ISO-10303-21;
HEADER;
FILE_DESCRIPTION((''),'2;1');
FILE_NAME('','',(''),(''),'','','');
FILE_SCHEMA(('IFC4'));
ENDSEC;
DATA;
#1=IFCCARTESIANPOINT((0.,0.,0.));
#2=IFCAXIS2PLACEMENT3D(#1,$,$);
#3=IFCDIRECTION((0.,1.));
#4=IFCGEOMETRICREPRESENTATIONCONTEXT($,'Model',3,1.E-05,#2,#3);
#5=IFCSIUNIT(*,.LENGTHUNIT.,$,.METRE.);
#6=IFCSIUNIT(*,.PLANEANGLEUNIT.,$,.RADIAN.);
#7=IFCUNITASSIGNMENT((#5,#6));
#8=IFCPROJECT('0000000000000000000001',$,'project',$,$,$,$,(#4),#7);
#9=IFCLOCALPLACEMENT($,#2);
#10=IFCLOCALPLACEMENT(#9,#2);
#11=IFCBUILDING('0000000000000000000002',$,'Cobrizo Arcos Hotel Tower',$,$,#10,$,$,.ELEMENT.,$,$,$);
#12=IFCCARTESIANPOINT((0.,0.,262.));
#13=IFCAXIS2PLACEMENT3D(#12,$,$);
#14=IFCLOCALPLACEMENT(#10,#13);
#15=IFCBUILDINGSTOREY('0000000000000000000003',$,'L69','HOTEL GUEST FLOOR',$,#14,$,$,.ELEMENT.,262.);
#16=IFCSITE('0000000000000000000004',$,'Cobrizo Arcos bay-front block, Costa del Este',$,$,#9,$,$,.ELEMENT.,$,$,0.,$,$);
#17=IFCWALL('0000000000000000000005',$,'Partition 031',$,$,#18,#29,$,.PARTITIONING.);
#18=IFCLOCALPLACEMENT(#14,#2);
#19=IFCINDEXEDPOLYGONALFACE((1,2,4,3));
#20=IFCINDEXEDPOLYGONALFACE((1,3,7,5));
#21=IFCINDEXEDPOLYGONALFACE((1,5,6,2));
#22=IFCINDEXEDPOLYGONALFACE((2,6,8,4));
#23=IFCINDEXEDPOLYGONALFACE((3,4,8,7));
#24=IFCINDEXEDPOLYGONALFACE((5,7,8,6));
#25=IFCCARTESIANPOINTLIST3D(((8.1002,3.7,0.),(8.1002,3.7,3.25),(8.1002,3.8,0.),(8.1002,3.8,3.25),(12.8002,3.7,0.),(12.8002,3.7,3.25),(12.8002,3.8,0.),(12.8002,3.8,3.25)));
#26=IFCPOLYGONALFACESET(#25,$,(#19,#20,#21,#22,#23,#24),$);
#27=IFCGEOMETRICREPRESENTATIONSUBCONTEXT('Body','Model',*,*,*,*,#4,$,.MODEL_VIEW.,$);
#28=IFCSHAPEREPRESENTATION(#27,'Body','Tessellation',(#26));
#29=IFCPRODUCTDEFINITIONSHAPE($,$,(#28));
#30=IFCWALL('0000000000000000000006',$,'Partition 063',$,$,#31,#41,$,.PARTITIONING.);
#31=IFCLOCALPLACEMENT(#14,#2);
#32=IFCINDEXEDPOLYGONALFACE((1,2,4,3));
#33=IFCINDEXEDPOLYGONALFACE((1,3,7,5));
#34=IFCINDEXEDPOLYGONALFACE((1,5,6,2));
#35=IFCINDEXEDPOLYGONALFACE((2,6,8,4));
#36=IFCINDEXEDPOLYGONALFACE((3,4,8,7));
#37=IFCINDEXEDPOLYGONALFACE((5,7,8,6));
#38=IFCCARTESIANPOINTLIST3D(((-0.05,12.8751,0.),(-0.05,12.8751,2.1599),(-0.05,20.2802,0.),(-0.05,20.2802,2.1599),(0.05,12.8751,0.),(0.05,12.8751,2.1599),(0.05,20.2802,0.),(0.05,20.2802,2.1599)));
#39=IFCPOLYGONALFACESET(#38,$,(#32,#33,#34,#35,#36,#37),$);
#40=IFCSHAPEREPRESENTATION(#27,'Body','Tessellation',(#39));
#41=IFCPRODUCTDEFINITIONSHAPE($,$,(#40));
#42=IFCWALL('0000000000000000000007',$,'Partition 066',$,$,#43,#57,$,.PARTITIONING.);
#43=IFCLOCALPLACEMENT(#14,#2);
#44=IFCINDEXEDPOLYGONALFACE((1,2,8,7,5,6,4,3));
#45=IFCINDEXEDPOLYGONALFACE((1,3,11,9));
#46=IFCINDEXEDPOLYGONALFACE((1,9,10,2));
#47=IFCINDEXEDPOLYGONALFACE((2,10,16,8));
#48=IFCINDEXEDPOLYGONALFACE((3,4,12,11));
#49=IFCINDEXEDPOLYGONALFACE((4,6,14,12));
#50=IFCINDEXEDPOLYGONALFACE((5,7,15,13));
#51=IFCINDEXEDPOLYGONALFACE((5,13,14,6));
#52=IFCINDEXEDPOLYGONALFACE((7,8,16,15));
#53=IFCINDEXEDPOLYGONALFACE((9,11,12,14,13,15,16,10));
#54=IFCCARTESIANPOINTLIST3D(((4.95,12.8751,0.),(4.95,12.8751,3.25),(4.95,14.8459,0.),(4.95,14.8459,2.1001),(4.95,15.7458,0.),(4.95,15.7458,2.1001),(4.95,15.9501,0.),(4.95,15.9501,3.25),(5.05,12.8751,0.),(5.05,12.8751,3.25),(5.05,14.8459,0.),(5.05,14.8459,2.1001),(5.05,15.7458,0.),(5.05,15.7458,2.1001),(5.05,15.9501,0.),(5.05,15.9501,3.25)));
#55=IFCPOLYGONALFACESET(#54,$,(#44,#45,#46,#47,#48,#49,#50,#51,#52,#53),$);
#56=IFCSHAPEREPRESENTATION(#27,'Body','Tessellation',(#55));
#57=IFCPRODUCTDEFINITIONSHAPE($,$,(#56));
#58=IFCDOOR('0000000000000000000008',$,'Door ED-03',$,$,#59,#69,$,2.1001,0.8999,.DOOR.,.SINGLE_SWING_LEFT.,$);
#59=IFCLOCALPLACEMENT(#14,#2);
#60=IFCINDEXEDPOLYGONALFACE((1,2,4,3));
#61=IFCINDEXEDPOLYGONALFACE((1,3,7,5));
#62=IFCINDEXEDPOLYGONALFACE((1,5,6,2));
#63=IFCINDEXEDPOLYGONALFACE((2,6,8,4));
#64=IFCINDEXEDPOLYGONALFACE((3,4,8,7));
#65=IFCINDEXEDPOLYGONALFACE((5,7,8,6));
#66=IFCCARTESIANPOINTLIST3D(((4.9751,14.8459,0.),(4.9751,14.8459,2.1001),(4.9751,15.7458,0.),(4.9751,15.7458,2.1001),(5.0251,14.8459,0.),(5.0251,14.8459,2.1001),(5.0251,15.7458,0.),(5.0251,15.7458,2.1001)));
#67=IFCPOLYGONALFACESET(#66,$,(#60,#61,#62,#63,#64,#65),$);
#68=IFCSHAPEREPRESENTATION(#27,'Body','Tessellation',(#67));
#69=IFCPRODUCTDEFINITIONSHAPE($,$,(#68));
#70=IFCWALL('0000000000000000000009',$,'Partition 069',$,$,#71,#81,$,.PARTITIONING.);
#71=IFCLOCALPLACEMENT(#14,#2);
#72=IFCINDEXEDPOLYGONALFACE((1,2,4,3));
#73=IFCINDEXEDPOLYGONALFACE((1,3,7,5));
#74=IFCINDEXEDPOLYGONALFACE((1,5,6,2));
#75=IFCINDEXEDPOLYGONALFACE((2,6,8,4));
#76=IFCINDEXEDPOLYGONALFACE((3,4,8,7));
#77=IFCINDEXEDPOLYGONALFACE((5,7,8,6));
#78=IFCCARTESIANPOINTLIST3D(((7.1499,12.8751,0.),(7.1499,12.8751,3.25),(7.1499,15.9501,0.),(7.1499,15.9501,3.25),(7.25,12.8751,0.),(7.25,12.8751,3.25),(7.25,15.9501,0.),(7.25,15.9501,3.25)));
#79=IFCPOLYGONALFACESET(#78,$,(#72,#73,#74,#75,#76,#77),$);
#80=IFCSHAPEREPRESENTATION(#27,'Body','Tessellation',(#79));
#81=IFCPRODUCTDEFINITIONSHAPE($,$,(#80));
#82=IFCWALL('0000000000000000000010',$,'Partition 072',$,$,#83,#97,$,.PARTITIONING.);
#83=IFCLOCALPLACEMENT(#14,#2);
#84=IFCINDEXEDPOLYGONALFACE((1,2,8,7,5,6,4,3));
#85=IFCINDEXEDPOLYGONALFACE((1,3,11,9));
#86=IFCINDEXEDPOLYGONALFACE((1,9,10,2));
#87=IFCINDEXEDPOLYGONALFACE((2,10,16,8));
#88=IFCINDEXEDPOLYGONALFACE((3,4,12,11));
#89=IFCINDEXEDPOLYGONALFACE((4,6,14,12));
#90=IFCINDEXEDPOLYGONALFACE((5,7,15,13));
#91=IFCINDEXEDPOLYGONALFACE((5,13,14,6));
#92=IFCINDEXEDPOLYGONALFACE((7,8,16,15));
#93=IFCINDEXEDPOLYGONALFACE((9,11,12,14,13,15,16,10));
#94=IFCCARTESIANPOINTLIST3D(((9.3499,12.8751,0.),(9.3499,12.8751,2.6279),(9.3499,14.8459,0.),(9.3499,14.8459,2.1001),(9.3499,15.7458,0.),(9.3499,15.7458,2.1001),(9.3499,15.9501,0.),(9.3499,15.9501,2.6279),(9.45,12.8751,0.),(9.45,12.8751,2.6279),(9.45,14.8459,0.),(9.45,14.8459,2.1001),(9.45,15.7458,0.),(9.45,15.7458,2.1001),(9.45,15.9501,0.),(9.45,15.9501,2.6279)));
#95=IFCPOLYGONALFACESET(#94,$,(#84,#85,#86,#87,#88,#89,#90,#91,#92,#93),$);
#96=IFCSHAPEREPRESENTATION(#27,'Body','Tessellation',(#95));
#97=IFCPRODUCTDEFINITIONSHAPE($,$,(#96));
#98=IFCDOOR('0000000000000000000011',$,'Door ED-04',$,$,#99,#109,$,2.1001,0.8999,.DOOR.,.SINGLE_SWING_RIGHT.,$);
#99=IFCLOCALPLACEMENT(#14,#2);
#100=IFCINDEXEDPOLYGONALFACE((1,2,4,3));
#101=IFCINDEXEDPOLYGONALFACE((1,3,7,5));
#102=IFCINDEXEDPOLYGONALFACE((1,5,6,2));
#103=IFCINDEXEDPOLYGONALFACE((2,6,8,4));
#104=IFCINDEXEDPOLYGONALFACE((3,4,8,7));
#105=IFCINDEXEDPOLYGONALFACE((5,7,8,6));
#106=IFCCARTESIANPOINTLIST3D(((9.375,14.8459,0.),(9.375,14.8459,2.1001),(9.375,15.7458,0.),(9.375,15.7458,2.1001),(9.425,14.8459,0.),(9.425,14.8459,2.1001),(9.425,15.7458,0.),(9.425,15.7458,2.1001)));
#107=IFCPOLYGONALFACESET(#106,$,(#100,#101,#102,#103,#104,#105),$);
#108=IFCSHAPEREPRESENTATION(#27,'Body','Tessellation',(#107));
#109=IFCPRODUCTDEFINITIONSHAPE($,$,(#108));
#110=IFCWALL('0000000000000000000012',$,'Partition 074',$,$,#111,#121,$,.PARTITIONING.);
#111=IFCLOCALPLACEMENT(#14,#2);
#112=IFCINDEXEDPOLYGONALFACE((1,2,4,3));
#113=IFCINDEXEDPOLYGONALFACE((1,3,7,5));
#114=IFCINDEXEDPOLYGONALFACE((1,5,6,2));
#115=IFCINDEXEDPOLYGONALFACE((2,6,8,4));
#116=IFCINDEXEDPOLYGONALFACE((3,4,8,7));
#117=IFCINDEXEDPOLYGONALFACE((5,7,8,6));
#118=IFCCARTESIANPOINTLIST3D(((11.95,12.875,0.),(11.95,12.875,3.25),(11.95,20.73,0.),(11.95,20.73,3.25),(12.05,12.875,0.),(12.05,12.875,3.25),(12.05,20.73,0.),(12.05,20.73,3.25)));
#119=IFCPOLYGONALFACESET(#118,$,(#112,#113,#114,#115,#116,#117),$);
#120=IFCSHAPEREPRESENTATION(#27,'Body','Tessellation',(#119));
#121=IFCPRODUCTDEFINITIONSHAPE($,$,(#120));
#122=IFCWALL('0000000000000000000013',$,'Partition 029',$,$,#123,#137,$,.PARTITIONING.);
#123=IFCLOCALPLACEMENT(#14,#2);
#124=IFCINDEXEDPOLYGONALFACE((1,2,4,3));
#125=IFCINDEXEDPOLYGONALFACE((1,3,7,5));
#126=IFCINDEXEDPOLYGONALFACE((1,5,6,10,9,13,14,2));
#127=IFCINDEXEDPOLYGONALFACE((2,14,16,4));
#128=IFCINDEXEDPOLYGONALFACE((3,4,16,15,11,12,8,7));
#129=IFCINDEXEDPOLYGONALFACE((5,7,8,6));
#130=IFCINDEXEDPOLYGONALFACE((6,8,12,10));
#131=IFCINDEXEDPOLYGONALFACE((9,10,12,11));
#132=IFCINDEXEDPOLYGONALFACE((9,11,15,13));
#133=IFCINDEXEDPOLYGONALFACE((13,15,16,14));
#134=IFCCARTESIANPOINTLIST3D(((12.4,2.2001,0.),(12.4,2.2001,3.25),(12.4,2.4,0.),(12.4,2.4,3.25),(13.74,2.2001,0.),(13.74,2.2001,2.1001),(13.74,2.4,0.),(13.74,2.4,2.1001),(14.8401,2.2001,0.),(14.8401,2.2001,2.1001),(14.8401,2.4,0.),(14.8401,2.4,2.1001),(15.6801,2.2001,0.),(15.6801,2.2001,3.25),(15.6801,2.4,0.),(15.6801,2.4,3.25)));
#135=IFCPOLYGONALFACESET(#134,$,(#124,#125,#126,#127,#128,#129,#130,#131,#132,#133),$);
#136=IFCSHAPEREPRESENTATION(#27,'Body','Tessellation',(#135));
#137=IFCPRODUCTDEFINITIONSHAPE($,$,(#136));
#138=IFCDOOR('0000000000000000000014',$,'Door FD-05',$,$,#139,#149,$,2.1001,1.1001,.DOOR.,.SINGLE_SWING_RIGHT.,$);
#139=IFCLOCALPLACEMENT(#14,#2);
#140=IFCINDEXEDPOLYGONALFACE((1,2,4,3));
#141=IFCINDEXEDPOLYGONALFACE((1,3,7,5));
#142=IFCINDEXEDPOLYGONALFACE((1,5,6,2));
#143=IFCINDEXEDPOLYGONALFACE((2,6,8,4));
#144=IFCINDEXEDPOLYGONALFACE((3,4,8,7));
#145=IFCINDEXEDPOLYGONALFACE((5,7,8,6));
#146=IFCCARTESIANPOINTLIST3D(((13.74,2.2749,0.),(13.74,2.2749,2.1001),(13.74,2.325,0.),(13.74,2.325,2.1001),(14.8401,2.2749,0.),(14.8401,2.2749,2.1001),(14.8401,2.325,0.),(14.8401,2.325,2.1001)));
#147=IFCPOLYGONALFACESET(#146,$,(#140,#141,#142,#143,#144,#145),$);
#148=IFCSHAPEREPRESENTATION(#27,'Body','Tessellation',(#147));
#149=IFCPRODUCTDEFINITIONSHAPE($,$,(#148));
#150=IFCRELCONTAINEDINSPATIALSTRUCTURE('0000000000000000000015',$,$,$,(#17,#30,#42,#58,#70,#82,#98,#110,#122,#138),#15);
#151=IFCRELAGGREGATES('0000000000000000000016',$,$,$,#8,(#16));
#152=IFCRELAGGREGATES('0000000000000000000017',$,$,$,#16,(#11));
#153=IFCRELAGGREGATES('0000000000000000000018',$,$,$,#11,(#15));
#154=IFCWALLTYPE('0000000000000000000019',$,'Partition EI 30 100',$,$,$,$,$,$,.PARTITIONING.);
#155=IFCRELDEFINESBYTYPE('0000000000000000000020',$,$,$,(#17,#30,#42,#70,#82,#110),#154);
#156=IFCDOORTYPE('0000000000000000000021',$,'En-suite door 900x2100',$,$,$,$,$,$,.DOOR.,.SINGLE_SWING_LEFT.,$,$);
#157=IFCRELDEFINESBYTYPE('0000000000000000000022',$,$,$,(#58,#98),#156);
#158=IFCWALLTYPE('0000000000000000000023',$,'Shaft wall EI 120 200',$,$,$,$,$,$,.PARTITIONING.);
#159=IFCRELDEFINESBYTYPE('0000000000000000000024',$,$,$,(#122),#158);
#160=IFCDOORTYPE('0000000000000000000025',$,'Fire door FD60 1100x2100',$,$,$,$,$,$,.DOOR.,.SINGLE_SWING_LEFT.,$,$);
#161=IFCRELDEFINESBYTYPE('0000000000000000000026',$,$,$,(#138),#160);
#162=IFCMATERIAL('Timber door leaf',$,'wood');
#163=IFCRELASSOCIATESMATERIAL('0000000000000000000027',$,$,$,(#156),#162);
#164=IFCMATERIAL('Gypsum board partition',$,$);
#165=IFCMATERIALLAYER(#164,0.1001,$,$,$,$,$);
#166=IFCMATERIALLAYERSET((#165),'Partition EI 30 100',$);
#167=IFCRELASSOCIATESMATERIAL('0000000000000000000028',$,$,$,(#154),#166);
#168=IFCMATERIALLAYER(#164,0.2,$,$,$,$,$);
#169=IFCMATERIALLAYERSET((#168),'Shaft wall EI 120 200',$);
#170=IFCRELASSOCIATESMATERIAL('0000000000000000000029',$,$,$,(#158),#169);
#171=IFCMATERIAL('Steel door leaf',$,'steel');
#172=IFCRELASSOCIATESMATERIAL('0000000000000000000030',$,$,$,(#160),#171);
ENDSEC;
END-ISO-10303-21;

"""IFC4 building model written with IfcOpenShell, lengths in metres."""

from ifc_helpers import new_model, si_unit, direction, frame, frame_2d, origin, place, context, subcontext, project, spatial, rectangle, extrude, material, layer, layer_set, type_object, element, fill, save


model = new_model("IFC4")

# Units and contexts
model_context = context("Model", 3, precision=1e-05, world=origin(), true_north=direction((0.0, 1.0)))
body_context = subcontext(model_context, "Body", "Model", "MODEL_VIEW")
ifc_project = project(units=[si_unit("LENGTHUNIT", "METRE"), si_unit("PLANEANGLEUNIT", "RADIAN")], contexts=[model_context])

# Site, building, storey
site_placement = place(None, origin())
site = spatial("IfcSite", under=ifc_project, at=site_placement, Name="Cobrizo Arcos bay-front block, Costa del Este", CompositionType="ELEMENT", RefElevation=0.0)
building_placement = place(site_placement, origin())
building = spatial("IfcBuilding", under=site, at=building_placement, Name="Cobrizo Arcos Hotel Tower", CompositionType="ELEMENT")
storey_placement = place(building_placement, frame((0.0, 0.0, 262.0)))
storey = spatial("IfcBuildingStorey", under=building, at=storey_placement, Name="L69", Description="HOTEL GUEST FLOOR", CompositionType="ELEMENT", Elevation=262.0)

# Shared definitions
ifc_material_1 = material(Name="Gypsum board partition")
ifc_material_2 = material(Name="Timber door leaf", Category="wood")
door_type_1 = type_object("IfcDoorType", Name="En-suite door 900x2100", OperationType="SINGLE_SWING_LEFT", PredefinedType="DOOR", material=ifc_material_2)

# Walls
ifc_layer_1 = layer(ifc_material_1, 0.1001)
ifc_layer_set_1 = layer_set([ifc_layer_1], Name="Partition EI 30 100")
wall_type_1 = type_object("IfcWallType", Name="Partition EI 30 100", PredefinedType="PARTITIONING", material=ifc_layer_set_1)
wall_1_placement = place(storey_placement, frame((8.1001, 3.75, 0.0), z_axis=(0.0, 0.0, 1.0), x_axis=(1.0, 0.0, 0.0)))
element("IfcWall", 1, at=wall_1_placement, inside=storey, type_object=wall_type_1, Name="Partition 031", PredefinedType="PARTITIONING", context=body_context, shape_type="SweptSolid", body=[
    extrude(rectangle(XDim=4.7, YDim=0.1001, at=frame_2d((2.3501, 0.0))), origin(), (0.0, 0.0, 1.0), 3.25),
])
wall_2_placement = place(storey_placement, frame((0.0, 12.875, 0.0), z_axis=(0.0, 0.0, 1.0), x_axis=(0.0, 1.0, 0.0)))
element("IfcWall", 2, at=wall_2_placement, inside=storey, type_object=wall_type_1, Name="Partition 063", PredefinedType="PARTITIONING", context=body_context, shape_type="SweptSolid", body=[
    extrude(rectangle(XDim=7.405, YDim=0.1001, at=frame_2d((3.7026, 0.0))), origin(), (0.0, 0.0, 1.0), 2.1599),
])

# Wall, opening, door
wall_3_placement = place(storey_placement, frame((5.0, 12.875, 0.0), z_axis=(0.0, 0.0, 1.0), x_axis=(0.0, 1.0, 0.0)))
wall_3 = element("IfcWall", 3, at=wall_3_placement, inside=storey, type_object=wall_type_1, Name="Partition 066", PredefinedType="PARTITIONING", context=body_context, shape_type="SweptSolid", body=[
    extrude(rectangle(XDim=3.075, YDim=0.1001, at=frame_2d((1.5376, 0.0))), origin(), (0.0, 0.0, 1.0), 3.25),
])
opening_1_placement = place(wall_3_placement, frame((1.9709, 0.0, 0.0)))
opening_1 = element("IfcOpeningElement", 4, at=opening_1_placement, cuts=wall_3, PredefinedType="OPENING", context=body_context, shape_type="SweptSolid", body=[
    extrude(rectangle(XDim=0.8999, YDim=2.1001, at=frame_2d((0.45, 1.05))), frame((0.0, 0.062, 0.0), z_axis=(0.0, -1.0, 0.0), x_axis=(1.0, 0.0, 0.0)), (0.0, 0.0, 1.0), 0.124),
])
door_1_placement = place(opening_1_placement, origin())
door_1 = element("IfcDoor", 5, at=door_1_placement, inside=storey, type_object=door_type_1, Name="Door ED-03", OperationType="SINGLE_SWING_LEFT", OverallHeight=2.1001, OverallWidth=0.8999, PredefinedType="DOOR", context=body_context, shape_type="SweptSolid", body=[
    extrude(rectangle(XDim=0.8999, YDim=2.1001, at=frame_2d((0.45, 1.05))), frame((0.0, 0.0249, 0.0), z_axis=(0.0, -1.0, 0.0), x_axis=(1.0, 0.0, 0.0)), (0.0, 0.0, 1.0), 0.05),
])
fill(opening_1, door_1)

# Wall
wall_4_placement = place(storey_placement, frame((7.2, 12.875, 0.0), z_axis=(0.0, 0.0, 1.0), x_axis=(0.0, 1.0, 0.0)))
element("IfcWall", 6, at=wall_4_placement, inside=storey, type_object=wall_type_1, Name="Partition 069", PredefinedType="PARTITIONING", context=body_context, shape_type="SweptSolid", body=[
    extrude(rectangle(XDim=3.075, YDim=0.1001, at=frame_2d((1.5376, 0.0))), origin(), (0.0, 0.0, 1.0), 3.25),
])

# Wall, opening, door
wall_5_placement = place(storey_placement, frame((9.3999, 12.875, 0.0), z_axis=(0.0, 0.0, 1.0), x_axis=(0.0, 1.0, 0.0)))
wall_5 = element("IfcWall", 7, at=wall_5_placement, inside=storey, type_object=wall_type_1, Name="Partition 072", PredefinedType="PARTITIONING", context=body_context, shape_type="SweptSolid", body=[
    extrude(rectangle(XDim=3.075, YDim=0.1001, at=frame_2d((1.5376, 0.0))), origin(), (0.0, 0.0, 1.0), 2.6279),
])
opening_2_placement = place(wall_5_placement, frame((1.9709, 0.0, 0.0)))
opening_2 = element("IfcOpeningElement", 8, at=opening_2_placement, cuts=wall_5, PredefinedType="OPENING", context=body_context, shape_type="SweptSolid", body=[
    extrude(rectangle(XDim=0.8999, YDim=2.1001, at=frame_2d((0.45, 1.05))), frame((0.0, 0.062, 0.0), z_axis=(0.0, -1.0, 0.0), x_axis=(1.0, 0.0, 0.0)), (0.0, 0.0, 1.0), 0.124),
])
door_2_placement = place(opening_2_placement, origin())
door_2 = element("IfcDoor", 9, at=door_2_placement, inside=storey, type_object=door_type_1, Name="Door ED-04", OperationType="SINGLE_SWING_RIGHT", OverallHeight=2.1001, OverallWidth=0.8999, PredefinedType="DOOR", context=body_context, shape_type="SweptSolid", body=[
    extrude(rectangle(XDim=0.8999, YDim=2.1001, at=frame_2d((0.45, 1.05))), frame((0.0, 0.0249, 0.0), z_axis=(0.0, -1.0, 0.0), x_axis=(1.0, 0.0, 0.0)), (0.0, 0.0, 1.0), 0.05),
])
fill(opening_2, door_2)

# Wall
wall_6_placement = place(storey_placement, frame((12.0, 12.875, 0.0), z_axis=(0.0, 0.0, 1.0), x_axis=(0.0, 1.0, 0.0)))
element("IfcWall", 10, at=wall_6_placement, inside=storey, type_object=wall_type_1, Name="Partition 074", PredefinedType="PARTITIONING", context=body_context, shape_type="SweptSolid", body=[
    extrude(rectangle(XDim=7.855, YDim=0.1001, at=frame_2d((3.9275, 0.0))), origin(), (0.0, 0.0, 1.0), 3.25),
])

# Wall, opening, door
ifc_layer_2 = layer(ifc_material_1, 0.2)
ifc_layer_set_2 = layer_set([ifc_layer_2], Name="Shaft wall EI 120 200")
wall_type_2 = type_object("IfcWallType", Name="Shaft wall EI 120 200", PredefinedType="PARTITIONING", material=ifc_layer_set_2)
wall_7_placement = place(storey_placement, frame((12.3999, 2.3, 0.0), z_axis=(0.0, 0.0, 1.0), x_axis=(1.0, 0.0, 0.0)))
wall_7 = element("IfcWall", 11, at=wall_7_placement, inside=storey, type_object=wall_type_2, Name="Partition 029", PredefinedType="PARTITIONING", context=body_context, shape_type="SweptSolid", body=[
    extrude(rectangle(XDim=3.28, YDim=0.2, at=frame_2d((1.6401, 0.0))), origin(), (0.0, 0.0, 1.0), 3.25),
])
opening_3_placement = place(wall_7_placement, frame((1.3401, 0.0, 0.0)))
opening_3 = element("IfcOpeningElement", 12, at=opening_3_placement, cuts=wall_7, PredefinedType="OPENING", context=body_context, shape_type="SweptSolid", body=[
    extrude(rectangle(XDim=1.1001, YDim=2.1001, at=frame_2d((0.55, 1.05))), frame((0.0, 0.1121, 0.0), z_axis=(0.0, -1.0, 0.0), x_axis=(1.0, 0.0, 0.0)), (0.0, 0.0, 1.0), 0.2239),
])
ifc_material_3 = material(Name="Steel door leaf", Category="steel")
door_type_2 = type_object("IfcDoorType", Name="Fire door FD60 1100x2100", OperationType="SINGLE_SWING_LEFT", PredefinedType="DOOR", material=ifc_material_3)
door_3_placement = place(opening_3_placement, origin())
door_3 = element("IfcDoor", 13, at=door_3_placement, inside=storey, type_object=door_type_2, Name="Door FD-05", OperationType="SINGLE_SWING_RIGHT", OverallHeight=2.1001, OverallWidth=1.1001, PredefinedType="DOOR", context=body_context, shape_type="SweptSolid", body=[
    extrude(rectangle(XDim=1.1001, YDim=2.1001, at=frame_2d((0.55, 1.05))), frame((0.0, 0.0249, 0.0), z_axis=(0.0, -1.0, 0.0), x_axis=(1.0, 0.0, 0.0)), (0.0, 0.0, 1.0), 0.05),
])
fill(opening_3, door_3)

save(model, "model.ifc")
